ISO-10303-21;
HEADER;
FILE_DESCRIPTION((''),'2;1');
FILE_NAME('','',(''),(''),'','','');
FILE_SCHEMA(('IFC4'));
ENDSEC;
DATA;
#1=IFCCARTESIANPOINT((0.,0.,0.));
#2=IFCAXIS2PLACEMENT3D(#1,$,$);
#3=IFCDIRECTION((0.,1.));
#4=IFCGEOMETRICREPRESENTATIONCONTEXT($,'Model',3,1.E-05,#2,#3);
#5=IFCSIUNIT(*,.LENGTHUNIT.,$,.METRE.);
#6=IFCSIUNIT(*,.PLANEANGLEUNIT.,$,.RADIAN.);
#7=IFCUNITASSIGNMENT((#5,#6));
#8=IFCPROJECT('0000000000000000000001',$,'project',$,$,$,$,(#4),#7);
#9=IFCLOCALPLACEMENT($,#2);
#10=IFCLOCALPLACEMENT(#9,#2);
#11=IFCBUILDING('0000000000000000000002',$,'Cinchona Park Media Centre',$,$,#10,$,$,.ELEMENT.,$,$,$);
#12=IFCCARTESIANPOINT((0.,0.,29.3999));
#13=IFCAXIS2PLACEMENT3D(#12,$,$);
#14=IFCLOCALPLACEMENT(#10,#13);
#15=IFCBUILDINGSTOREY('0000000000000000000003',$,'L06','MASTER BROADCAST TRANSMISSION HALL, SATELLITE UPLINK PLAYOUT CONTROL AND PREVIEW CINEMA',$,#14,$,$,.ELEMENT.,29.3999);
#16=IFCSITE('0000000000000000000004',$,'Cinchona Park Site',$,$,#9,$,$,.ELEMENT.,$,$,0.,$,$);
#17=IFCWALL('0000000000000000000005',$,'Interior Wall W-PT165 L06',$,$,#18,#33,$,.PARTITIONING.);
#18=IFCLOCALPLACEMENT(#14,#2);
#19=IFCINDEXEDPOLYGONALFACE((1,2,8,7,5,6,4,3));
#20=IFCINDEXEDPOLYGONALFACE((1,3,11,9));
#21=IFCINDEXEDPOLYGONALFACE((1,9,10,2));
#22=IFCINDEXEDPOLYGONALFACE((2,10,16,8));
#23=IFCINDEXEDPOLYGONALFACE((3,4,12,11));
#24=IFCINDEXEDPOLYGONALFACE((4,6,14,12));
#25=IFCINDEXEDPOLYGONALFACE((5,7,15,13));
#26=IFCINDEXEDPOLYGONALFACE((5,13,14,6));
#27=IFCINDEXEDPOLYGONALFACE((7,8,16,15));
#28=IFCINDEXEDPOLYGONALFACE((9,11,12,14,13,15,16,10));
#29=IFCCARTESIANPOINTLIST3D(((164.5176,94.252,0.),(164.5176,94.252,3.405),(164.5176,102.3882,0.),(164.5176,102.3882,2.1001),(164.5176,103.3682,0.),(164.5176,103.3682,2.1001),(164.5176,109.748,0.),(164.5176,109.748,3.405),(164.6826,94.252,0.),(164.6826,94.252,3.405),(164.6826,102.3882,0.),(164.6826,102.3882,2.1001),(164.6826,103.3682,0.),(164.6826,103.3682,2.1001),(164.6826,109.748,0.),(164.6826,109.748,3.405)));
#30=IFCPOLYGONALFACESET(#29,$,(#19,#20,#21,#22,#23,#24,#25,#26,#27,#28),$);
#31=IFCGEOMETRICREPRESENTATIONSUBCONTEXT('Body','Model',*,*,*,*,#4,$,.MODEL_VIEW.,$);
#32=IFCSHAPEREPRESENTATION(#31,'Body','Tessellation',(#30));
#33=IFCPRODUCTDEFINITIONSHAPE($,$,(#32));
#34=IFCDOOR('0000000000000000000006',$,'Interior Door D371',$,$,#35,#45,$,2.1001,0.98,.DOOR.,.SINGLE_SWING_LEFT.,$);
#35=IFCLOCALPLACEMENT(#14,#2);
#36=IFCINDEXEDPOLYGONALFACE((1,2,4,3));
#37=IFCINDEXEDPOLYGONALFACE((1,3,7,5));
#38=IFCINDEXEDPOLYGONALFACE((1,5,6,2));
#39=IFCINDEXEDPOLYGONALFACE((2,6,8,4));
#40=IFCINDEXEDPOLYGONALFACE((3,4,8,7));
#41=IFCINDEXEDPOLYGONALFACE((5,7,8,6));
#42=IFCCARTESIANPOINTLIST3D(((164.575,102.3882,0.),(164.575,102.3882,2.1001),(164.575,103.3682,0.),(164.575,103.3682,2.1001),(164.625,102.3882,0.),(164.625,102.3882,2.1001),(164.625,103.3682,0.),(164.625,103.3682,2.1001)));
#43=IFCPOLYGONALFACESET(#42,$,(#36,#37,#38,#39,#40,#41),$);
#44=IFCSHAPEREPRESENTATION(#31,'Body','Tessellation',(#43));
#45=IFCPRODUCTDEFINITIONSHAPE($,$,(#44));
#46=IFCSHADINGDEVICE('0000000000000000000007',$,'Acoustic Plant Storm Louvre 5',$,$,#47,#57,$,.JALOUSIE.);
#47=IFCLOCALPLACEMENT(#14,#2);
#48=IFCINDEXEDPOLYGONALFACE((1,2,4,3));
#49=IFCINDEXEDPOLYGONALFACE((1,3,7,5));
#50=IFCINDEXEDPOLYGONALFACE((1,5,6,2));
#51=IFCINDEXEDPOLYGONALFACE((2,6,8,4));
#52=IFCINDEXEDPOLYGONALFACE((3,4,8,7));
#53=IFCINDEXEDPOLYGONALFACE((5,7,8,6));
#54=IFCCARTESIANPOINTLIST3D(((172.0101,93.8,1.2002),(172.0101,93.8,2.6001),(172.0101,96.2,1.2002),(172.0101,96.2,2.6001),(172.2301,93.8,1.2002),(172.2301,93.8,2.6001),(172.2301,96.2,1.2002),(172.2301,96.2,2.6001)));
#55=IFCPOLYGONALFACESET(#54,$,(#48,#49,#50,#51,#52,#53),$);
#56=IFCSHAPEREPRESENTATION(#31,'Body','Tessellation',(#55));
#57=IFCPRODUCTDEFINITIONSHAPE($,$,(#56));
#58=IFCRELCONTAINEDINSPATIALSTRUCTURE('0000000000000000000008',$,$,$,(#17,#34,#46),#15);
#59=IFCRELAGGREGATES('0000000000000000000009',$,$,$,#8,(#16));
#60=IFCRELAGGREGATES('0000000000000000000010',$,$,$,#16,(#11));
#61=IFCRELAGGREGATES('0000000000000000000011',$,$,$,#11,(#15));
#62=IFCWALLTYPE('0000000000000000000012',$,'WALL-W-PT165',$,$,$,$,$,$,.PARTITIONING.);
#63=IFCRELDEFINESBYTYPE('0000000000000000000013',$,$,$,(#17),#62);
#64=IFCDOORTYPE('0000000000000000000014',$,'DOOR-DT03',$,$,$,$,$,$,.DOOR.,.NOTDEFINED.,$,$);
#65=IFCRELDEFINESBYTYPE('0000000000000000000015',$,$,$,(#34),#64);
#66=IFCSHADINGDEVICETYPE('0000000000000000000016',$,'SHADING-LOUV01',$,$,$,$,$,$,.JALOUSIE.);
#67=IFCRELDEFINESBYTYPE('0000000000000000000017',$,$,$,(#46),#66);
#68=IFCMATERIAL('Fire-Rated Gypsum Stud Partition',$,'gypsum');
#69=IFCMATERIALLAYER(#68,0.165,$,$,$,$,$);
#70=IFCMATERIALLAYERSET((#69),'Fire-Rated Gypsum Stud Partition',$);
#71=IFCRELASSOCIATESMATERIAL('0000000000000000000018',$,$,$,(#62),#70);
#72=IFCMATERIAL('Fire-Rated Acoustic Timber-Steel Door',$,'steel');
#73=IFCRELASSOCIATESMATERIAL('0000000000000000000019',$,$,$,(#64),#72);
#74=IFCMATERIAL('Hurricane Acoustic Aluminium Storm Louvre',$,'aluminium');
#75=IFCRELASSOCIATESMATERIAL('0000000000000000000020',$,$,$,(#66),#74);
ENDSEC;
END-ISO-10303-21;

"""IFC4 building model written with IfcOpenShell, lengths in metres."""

from ifc_helpers import new_model, si_unit, direction, frame, frame_2d, origin, origin_2d, place, context, subcontext, project, spatial, rectangle, extrude, material, layer, layer_set, type_object, element, fill, save


model = new_model("IFC4")

# Units and contexts
model_context = context("Model", 3, precision=1e-05, world=origin(), true_north=direction((0.0, 1.0)))
body_context = subcontext(model_context, "Body", "Model", "MODEL_VIEW")
ifc_project = project(units=[si_unit("LENGTHUNIT", "METRE"), si_unit("PLANEANGLEUNIT", "RADIAN")], contexts=[model_context])

# Site, building, storey
site_placement = place(None, origin())
site = spatial("IfcSite", under=ifc_project, at=site_placement, Name="Cinchona Park Site", CompositionType="ELEMENT", RefElevation=0.0)
building_placement = place(site_placement, origin())
building = spatial("IfcBuilding", under=site, at=building_placement, Name="Cinchona Park Media Centre", CompositionType="ELEMENT")
storey_placement = place(building_placement, frame((0.0, 0.0, 29.3999)))
storey = spatial("IfcBuildingStorey", under=building, at=storey_placement, Name="L06", Description="MASTER BROADCAST TRANSMISSION HALL, SATELLITE UPLINK PLAYOUT CONTROL AND PREVIEW CINEMA", CompositionType="ELEMENT", Elevation=29.3999)

# Wall, opening, door
ifc_material_1 = material(Name="Fire-Rated Gypsum Stud Partition", Category="gypsum")
ifc_layer = layer(ifc_material_1, 0.165)
ifc_layer_set = layer_set([ifc_layer], Name="Fire-Rated Gypsum Stud Partition")
wall_type = type_object("IfcWallType", Name="WALL-W-PT165", PredefinedType="PARTITIONING", material=ifc_layer_set)
wall_1_placement = place(storey_placement, frame((164.6001, 109.748, 0.0), z_axis=(0.0, 0.0, 1.0), x_axis=(0.0, -1.0, 0.0)))
wall_1 = element("IfcWall", 1, at=wall_1_placement, inside=storey, type_object=wall_type, Name="Interior Wall W-PT165 L06", PredefinedType="PARTITIONING", context=body_context, shape_type="SweptSolid", body=[
    extrude(rectangle(XDim=15.4961, YDim=0.165, at=frame_2d((7.748, 0.0))), origin(), (0.0, 0.0, 1.0), 3.405),
])
opening_1_placement = place(wall_1_placement, frame((6.3799, 0.0, 0.0)))
opening_1 = element("IfcOpeningElement", 2, at=opening_1_placement, cuts=wall_1, PredefinedType="OPENING", context=body_context, shape_type="SweptSolid", body=[
    extrude(rectangle(XDim=0.98, YDim=2.1001, at=frame_2d((0.49, 1.05))), frame((0.0, 0.0925, 0.0), z_axis=(0.0, -1.0, 0.0), x_axis=(1.0, 0.0, 0.0)), (0.0, 0.0, 1.0), 0.1851),
])
ifc_material_2 = material(Name="Fire-Rated Acoustic Timber-Steel Door", Category="steel")
door_type_1 = type_object("IfcDoorType", Name="DOOR-DT03", OperationType="NOTDEFINED", PredefinedType="DOOR", material=ifc_material_2)
door_1_placement = place(opening_1_placement, origin())
door_1 = element("IfcDoor", 3, at=door_1_placement, inside=storey, type_object=door_type_1, Name="Interior Door D371", OperationType="SINGLE_SWING_LEFT", OverallHeight=2.1001, OverallWidth=0.98, PredefinedType="DOOR", context=body_context, shape_type="SweptSolid", body=[
    extrude(rectangle(XDim=0.98, YDim=2.1001, at=frame_2d((0.49, 1.05))), frame((0.0, 0.0249, 0.0), z_axis=(0.0, -1.0, 0.0), x_axis=(1.0, 0.0, 0.0)), (0.0, 0.0, 1.0), 0.05),
])
fill(opening_1, door_1)

# Shading device
ifc_material_3 = material(Name="Hurricane Acoustic Aluminium Storm Louvre", Category="aluminium")
shading_device_type = type_object("IfcShadingDeviceType", Name="SHADING-LOUV01", PredefinedType="JALOUSIE", material=ifc_material_3)
shading_device_placement = place(storey_placement, frame((172.1201, 95.0, 1.2002), z_axis=(0.0, 0.0, 1.0), x_axis=(0.0, 1.0, 0.0)))
element("IfcShadingDevice", 4, at=shading_device_placement, inside=storey, type_object=shading_device_type, Name="Acoustic Plant Storm Louvre 5", PredefinedType="JALOUSIE", context=body_context, shape_type="SweptSolid", body=[
    extrude(rectangle(XDim=2.3999, YDim=0.22, at=origin_2d()), origin(), (0.0, 0.0, 1.0), 1.3999),
])

save(model, "model.ifc")
